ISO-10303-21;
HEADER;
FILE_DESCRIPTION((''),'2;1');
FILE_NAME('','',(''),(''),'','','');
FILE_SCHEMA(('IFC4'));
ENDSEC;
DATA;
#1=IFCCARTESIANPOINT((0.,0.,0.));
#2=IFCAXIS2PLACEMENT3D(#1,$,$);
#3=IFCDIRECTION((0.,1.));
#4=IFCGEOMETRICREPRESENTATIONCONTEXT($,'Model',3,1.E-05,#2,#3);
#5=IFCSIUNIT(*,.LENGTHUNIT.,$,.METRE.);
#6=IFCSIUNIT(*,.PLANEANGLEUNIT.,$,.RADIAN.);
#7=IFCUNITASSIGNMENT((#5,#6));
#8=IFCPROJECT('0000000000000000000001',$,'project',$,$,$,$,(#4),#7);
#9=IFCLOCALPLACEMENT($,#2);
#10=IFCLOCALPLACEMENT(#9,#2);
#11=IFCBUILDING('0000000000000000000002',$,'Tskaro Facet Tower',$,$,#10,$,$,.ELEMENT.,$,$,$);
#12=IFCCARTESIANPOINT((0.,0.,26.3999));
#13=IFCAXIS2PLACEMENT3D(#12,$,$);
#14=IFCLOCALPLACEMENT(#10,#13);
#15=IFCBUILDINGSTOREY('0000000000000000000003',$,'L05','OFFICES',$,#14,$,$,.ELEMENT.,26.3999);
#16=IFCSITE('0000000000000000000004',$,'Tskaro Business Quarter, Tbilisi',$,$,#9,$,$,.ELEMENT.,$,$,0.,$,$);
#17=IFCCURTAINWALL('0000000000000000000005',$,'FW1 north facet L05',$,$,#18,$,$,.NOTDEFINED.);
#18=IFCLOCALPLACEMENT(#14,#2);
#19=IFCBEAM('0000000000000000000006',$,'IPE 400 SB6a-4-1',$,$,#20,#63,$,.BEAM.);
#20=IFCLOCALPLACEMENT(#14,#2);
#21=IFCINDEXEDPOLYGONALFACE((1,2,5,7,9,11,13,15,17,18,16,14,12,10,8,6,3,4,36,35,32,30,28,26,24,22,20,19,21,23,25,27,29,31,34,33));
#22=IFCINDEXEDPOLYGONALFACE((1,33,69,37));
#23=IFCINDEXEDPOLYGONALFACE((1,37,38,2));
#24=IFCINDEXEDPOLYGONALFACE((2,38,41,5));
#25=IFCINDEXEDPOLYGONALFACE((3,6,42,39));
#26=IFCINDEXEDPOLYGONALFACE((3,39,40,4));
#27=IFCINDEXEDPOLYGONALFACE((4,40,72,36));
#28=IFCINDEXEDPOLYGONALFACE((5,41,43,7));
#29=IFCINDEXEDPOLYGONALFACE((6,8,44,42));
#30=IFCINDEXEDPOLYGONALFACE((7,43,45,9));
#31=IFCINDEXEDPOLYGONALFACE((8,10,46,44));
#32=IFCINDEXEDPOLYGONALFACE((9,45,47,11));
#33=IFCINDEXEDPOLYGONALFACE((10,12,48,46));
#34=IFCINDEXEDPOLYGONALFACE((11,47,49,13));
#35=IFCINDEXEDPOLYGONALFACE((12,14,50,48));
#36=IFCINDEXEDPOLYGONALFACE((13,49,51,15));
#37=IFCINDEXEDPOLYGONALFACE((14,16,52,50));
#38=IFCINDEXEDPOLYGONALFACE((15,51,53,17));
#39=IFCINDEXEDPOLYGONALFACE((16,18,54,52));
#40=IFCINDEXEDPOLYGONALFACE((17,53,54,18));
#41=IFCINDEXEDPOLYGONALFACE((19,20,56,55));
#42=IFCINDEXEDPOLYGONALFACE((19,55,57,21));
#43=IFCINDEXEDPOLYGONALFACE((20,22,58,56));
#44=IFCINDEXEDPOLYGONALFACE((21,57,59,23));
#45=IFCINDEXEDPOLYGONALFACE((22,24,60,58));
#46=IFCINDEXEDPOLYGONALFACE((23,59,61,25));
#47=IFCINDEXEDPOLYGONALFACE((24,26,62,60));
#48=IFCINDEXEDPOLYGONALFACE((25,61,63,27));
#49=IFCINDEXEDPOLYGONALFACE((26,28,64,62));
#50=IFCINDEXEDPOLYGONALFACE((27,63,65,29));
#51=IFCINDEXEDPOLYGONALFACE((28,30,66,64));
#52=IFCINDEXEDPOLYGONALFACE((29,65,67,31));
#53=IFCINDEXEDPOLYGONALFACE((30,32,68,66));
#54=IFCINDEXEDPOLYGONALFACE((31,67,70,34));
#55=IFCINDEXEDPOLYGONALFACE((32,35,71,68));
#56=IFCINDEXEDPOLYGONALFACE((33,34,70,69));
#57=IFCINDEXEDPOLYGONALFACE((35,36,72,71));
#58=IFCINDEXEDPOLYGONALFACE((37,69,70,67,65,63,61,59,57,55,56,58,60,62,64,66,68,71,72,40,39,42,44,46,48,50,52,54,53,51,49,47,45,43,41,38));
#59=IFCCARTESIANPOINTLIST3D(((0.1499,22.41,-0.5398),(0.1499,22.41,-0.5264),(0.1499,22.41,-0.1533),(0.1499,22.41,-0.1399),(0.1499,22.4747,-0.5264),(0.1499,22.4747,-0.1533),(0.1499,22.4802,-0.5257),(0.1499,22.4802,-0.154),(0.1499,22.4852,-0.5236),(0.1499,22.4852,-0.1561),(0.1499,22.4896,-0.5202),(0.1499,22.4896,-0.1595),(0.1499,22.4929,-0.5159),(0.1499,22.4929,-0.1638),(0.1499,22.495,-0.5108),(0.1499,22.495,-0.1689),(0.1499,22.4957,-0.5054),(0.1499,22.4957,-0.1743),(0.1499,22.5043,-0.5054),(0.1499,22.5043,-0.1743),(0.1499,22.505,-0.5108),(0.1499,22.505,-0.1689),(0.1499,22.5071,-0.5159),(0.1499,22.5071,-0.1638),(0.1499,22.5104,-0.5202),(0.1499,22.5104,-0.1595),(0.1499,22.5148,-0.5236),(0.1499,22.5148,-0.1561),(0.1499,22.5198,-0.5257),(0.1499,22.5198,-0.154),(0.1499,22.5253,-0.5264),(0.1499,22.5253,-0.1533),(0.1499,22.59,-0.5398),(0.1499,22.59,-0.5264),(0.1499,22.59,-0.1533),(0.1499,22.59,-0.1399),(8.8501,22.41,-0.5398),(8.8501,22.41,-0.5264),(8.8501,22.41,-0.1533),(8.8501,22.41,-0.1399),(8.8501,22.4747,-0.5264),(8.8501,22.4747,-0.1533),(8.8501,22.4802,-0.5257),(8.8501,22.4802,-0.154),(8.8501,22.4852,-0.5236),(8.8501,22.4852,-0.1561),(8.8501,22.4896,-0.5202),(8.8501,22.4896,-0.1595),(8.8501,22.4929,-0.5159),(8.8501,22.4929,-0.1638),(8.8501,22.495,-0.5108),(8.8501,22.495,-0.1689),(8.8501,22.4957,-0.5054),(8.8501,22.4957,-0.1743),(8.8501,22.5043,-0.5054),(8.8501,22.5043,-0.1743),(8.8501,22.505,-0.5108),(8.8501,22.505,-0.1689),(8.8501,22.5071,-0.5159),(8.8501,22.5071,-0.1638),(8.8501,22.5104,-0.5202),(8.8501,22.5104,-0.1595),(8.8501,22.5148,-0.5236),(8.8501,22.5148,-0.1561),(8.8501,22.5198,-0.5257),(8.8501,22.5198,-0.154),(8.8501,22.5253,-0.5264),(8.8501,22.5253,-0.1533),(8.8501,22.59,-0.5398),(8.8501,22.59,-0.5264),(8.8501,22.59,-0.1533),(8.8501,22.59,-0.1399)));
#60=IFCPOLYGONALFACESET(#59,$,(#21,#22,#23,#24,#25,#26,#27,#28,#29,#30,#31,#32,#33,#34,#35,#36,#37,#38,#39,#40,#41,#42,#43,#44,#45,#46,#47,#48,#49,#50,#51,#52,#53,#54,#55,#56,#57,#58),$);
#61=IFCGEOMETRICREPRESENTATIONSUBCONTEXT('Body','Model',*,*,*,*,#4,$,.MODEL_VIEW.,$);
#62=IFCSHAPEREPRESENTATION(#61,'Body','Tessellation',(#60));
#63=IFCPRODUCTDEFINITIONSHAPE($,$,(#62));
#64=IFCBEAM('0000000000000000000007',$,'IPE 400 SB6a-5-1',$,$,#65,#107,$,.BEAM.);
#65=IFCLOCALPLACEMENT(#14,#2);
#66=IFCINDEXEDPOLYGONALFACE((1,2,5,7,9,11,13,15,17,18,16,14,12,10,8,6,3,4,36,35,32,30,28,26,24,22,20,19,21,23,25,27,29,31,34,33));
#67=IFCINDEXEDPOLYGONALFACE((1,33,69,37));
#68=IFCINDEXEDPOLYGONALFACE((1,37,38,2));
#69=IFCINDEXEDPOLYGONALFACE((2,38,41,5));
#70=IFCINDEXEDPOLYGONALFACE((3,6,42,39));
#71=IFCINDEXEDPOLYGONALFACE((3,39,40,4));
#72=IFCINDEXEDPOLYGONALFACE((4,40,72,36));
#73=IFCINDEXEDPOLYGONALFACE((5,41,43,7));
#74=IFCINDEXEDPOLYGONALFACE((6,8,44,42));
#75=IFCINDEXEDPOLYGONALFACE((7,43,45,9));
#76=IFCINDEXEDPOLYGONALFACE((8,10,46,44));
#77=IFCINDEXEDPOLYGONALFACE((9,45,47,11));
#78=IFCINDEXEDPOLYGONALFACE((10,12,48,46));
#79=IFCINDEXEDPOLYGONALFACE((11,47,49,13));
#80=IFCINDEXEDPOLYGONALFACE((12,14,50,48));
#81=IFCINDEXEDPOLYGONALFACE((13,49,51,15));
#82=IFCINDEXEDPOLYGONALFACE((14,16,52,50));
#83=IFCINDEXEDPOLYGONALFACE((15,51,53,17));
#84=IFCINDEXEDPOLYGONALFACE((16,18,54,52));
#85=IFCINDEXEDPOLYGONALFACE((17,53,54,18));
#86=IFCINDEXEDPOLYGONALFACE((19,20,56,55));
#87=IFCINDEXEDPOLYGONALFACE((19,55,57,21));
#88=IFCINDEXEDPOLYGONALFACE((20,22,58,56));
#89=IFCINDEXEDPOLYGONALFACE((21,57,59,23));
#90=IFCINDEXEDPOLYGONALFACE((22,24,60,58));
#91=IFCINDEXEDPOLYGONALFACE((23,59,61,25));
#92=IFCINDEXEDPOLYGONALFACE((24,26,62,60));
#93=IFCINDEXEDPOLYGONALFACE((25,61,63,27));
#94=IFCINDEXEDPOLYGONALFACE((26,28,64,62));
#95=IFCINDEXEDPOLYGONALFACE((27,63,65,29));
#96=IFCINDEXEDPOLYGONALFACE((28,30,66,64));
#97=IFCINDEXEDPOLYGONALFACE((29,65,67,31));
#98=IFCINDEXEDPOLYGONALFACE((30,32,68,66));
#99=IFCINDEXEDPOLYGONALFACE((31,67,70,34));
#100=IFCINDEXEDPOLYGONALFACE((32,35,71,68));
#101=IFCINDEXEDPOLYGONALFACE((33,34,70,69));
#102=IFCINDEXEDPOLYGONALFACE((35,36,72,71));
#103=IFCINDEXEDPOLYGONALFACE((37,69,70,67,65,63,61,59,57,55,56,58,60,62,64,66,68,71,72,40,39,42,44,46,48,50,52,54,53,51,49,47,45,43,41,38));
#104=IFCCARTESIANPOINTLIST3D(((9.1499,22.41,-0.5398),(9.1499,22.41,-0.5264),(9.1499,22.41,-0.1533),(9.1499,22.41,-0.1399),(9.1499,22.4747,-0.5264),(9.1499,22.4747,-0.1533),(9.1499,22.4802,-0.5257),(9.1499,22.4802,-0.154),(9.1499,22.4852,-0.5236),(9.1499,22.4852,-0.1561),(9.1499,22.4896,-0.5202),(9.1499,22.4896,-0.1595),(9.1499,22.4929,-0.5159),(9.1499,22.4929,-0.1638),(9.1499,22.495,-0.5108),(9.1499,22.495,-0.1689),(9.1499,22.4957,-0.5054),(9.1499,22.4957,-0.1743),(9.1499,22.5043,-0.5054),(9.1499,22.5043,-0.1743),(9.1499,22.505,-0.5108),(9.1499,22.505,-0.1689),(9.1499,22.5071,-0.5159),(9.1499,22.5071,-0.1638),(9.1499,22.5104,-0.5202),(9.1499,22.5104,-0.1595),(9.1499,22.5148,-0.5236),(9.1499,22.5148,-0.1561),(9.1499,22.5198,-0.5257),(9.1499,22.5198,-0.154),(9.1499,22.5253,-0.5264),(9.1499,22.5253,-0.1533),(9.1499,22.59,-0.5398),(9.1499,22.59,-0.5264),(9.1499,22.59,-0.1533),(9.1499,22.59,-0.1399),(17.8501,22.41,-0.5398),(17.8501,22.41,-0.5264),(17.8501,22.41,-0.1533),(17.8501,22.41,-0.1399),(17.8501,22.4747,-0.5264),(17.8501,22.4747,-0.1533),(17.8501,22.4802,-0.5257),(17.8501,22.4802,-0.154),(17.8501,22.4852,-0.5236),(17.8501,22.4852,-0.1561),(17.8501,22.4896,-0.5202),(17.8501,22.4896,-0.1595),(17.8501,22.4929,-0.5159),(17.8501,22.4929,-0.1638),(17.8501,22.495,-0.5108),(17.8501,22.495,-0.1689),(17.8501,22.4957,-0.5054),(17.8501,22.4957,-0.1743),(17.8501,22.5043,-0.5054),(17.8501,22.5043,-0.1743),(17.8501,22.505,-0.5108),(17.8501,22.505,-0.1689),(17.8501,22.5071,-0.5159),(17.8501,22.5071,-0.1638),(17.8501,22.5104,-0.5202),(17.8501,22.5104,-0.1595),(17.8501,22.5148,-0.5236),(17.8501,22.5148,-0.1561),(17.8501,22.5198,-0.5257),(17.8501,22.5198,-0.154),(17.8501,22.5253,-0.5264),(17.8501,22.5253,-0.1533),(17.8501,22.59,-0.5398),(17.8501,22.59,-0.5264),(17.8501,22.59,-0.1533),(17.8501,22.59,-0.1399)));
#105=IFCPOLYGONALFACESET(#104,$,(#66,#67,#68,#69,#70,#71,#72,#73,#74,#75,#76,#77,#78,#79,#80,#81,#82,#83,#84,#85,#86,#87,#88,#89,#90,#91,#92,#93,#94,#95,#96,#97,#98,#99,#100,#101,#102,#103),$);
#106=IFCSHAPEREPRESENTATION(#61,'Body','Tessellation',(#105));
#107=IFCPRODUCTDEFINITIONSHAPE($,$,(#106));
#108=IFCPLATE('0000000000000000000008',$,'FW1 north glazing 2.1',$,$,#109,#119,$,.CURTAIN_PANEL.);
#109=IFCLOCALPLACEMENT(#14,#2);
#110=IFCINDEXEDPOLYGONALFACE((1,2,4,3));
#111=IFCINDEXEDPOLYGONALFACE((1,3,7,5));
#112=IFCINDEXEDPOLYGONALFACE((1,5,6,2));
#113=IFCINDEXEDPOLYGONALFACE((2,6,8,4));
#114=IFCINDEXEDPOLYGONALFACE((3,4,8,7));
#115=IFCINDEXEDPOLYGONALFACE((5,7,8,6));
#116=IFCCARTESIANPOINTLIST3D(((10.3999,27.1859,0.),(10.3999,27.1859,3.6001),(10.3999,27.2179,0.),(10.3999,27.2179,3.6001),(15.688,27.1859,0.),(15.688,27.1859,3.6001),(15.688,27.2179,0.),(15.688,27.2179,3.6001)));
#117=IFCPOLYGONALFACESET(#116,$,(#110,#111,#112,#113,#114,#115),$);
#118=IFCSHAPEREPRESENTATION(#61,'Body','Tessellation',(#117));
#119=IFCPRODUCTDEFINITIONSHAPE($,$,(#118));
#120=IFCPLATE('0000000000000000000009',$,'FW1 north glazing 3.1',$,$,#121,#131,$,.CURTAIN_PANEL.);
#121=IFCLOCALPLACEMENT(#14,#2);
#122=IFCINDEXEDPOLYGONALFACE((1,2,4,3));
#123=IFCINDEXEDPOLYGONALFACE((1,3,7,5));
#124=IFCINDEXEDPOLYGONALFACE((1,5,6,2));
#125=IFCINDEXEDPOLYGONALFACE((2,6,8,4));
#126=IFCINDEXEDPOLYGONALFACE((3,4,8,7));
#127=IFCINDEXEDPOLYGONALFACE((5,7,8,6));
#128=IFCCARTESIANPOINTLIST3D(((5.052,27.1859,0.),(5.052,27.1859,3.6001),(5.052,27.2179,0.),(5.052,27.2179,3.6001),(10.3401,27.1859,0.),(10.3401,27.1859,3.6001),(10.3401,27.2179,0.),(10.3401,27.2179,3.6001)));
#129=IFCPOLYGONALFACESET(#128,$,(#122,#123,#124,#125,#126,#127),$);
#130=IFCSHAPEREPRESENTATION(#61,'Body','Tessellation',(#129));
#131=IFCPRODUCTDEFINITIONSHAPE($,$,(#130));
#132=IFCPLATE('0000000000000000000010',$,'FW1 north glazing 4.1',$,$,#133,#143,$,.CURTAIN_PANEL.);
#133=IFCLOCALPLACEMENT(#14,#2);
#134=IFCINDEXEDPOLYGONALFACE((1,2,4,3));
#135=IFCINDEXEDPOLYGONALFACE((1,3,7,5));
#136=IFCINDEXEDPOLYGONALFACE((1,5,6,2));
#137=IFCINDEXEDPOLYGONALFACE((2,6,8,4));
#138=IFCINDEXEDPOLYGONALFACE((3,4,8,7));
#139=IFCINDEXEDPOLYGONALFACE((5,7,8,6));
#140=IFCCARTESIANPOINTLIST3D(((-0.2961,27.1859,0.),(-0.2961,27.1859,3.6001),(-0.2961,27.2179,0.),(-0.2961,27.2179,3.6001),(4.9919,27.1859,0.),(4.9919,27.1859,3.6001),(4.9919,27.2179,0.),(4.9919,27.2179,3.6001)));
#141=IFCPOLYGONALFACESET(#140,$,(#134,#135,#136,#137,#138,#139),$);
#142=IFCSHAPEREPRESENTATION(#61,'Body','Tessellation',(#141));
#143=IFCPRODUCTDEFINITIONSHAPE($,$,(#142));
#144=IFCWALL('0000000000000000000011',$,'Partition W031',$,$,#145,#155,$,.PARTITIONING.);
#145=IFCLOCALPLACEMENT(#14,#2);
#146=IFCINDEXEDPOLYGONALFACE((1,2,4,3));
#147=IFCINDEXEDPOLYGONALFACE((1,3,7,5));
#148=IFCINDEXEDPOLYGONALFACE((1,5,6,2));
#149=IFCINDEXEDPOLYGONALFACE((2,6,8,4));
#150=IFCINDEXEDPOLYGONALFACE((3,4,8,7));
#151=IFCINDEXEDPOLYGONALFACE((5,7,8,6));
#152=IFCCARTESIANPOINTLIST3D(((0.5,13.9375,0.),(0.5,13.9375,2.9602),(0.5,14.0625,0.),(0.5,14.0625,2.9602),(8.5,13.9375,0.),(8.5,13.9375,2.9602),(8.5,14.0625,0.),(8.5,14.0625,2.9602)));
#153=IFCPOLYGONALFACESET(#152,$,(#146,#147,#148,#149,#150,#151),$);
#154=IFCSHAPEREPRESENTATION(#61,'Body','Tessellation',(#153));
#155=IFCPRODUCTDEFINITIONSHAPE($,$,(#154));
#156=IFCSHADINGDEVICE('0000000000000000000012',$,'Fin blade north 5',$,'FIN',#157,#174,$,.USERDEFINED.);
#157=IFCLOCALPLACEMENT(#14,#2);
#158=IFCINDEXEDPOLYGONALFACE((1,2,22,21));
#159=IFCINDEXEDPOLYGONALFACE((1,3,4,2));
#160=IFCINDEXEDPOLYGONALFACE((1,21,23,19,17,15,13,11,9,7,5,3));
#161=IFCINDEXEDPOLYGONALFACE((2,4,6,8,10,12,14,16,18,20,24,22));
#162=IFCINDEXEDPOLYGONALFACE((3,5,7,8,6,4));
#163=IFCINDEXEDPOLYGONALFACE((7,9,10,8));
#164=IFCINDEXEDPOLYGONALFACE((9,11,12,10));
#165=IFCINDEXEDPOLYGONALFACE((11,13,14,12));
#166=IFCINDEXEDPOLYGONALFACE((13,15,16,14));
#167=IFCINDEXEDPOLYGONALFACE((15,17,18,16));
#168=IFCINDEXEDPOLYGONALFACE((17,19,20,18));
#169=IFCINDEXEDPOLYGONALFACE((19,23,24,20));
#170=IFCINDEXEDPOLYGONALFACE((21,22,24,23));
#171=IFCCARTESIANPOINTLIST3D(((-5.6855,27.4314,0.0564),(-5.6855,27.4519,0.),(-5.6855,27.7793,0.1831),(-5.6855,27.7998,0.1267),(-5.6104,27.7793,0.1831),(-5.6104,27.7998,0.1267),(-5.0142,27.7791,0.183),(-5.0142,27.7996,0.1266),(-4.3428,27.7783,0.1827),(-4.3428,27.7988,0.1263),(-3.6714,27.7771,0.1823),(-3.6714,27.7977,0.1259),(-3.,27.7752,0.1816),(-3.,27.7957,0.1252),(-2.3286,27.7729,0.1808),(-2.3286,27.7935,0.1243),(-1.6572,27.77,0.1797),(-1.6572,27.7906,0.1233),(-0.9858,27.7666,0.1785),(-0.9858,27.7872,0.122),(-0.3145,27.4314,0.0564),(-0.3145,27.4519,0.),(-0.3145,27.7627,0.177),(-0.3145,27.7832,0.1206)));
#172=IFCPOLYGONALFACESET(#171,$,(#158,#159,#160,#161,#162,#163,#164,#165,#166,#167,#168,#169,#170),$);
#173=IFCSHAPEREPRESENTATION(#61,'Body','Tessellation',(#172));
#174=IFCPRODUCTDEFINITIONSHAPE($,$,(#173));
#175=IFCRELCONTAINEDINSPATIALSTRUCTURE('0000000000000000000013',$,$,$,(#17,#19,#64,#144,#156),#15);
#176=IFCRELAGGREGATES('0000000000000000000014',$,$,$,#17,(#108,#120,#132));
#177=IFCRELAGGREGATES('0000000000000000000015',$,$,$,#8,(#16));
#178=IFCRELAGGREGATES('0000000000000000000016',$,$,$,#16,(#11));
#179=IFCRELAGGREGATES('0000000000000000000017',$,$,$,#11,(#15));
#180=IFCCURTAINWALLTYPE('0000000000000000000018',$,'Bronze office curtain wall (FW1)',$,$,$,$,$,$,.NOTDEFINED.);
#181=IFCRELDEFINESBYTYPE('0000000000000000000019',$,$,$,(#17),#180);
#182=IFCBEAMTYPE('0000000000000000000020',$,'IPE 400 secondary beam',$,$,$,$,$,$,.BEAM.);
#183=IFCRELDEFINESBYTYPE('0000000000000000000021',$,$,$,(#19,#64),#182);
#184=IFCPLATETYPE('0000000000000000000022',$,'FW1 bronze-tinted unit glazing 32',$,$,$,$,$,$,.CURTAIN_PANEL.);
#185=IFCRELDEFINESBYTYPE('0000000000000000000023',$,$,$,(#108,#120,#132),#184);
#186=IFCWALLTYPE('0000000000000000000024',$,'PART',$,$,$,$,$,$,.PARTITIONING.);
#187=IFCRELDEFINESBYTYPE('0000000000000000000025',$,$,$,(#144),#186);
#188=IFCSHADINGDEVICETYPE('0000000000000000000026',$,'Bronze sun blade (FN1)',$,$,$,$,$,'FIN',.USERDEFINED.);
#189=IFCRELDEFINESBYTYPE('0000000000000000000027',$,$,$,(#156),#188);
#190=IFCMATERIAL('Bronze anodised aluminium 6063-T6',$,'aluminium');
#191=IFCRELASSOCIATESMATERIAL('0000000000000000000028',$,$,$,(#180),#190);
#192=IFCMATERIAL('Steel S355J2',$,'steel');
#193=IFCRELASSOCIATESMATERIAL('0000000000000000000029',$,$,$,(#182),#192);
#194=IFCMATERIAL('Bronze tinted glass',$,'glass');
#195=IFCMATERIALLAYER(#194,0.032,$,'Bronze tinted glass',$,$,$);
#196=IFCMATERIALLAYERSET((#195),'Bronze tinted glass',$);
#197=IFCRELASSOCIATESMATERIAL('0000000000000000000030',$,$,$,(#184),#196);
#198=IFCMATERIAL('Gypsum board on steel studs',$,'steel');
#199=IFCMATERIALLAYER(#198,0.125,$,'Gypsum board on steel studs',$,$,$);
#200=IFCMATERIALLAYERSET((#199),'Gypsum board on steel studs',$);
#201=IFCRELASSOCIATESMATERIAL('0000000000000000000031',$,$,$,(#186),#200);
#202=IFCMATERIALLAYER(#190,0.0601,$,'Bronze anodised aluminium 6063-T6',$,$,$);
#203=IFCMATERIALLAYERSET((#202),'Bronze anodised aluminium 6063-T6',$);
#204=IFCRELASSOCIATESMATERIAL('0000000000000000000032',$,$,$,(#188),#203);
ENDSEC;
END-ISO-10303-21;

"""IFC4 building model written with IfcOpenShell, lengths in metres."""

from ifc_helpers import new_model, si_unit, direction, frame, frame_2d, origin, origin_2d, place, context, subcontext, project, spatial, polyline, rectangle, i_section, outline, extrude, material, layer, layer_set, material_profile, profile_set, type_object, element, aggregate, save


model = new_model("IFC4")

# Units and contexts
model_context = context("Model", 3, precision=1e-05, world=origin(), true_north=direction((0.0, 1.0)))
body_context = subcontext(model_context, "Body", "Model", "MODEL_VIEW")
ifc_project = project(units=[si_unit("LENGTHUNIT", "METRE"), si_unit("PLANEANGLEUNIT", "RADIAN")], contexts=[model_context])

# Site, building, storey
site_placement = place(None, origin())
site = spatial("IfcSite", under=ifc_project, at=site_placement, Name="Tskaro Business Quarter, Tbilisi", CompositionType="ELEMENT", RefElevation=0.0)
building_placement = place(site_placement, origin())
building = spatial("IfcBuilding", under=site, at=building_placement, Name="Tskaro Facet Tower", CompositionType="ELEMENT")
storey_placement = place(building_placement, frame((0.0, 0.0, 26.3999)))
storey = spatial("IfcBuildingStorey", under=building, at=storey_placement, Name="L05", Description="OFFICES", CompositionType="ELEMENT", Elevation=26.3999)

# Curtain wall
ifc_material_1 = material(Name="Bronze anodised aluminium 6063-T6", Category="aluminium")
curtain_wall_type = type_object("IfcCurtainWallType", Name="Bronze office curtain wall (FW1)", PredefinedType="NOTDEFINED", material=ifc_material_1)
curtain_wall_placement = place(storey_placement, origin())
curtain_wall = element("IfcCurtainWall", 1, at=curtain_wall_placement, inside=storey, type_object=curtain_wall_type, Name="FW1 north facet L05", PredefinedType="NOTDEFINED")

# Beams
ifc_material_2 = material(Name="Steel S355J2", Category="steel")
ifc_material_profile_1 = material_profile(ifc_material_2, i_section(OverallWidth=0.1799, OverallDepth=0.3999, WebThickness=0.0085, FlangeThickness=0.0134, FilletRadius=0.021, at=origin_2d()), Name="IPE 400")
ifc_profile_set_1 = profile_set([ifc_material_profile_1], Name="Steel S355J2")
beam_type_1 = type_object("IfcBeamType", Name="IPE 400 secondary beam", PredefinedType="BEAM", material=ifc_profile_set_1)
for number, where, z_axis, x_axis, name in (
    (2, (0.1499, 22.5, -0.3398), (1.0, 0.0, 0.0), (0.0, 1.0, 0.0), "IPE 400 SB6a-4-1"),
    (3, (9.1499, 22.5, -0.3398), (1.0, 0.0, 0.0), (0.0, 1.0, 0.0), "IPE 400 SB6a-5-1"),
):
    element("IfcBeam", number, at=place(storey_placement, frame(where, z_axis=z_axis, x_axis=x_axis)), inside=storey, type_object=beam_type_1, Name=name, PredefinedType="BEAM", context=body_context, shape_type="SweptSolid", body=[
        extrude(i_section(OverallWidth=0.1799, OverallDepth=0.3999, WebThickness=0.0085, FlangeThickness=0.0134, FilletRadius=0.021, at=origin_2d()), origin(), (0.0, 0.0, 1.0), 8.7002),
    ])

# Plates
ifc_material_3 = material(Name="Bronze tinted glass", Category="glass")
ifc_layer_1 = layer(ifc_material_3, 0.032, Name="Bronze tinted glass")
ifc_layer_set_1 = layer_set([ifc_layer_1], Name="Bronze tinted glass")
plate_type = type_object("IfcPlateType", Name="FW1 bronze-tinted unit glazing 32", PredefinedType="CURTAIN_PANEL", material=ifc_layer_set_1)
plate_1_placement = place(storey_placement, frame((13.0439, 27.2019, 0.0), z_axis=(0.0, 0.0, 1.0), x_axis=(-1.0, 0.0, 0.0)))
plate_1 = element("IfcPlate", 4, at=plate_1_placement, type_object=plate_type, Name="FW1 north glazing 2.1", PredefinedType="CURTAIN_PANEL", context=body_context, shape_type="SweptSolid", body=[
    extrude(rectangle(XDim=5.2881, YDim=0.032, at=origin_2d()), origin(), (0.0, 0.0, 1.0), 3.6001),
])
plate_2_placement = place(storey_placement, frame((7.696, 27.2019, 0.0), z_axis=(0.0, 0.0, 1.0), x_axis=(-1.0, 0.0, 0.0)))
plate_2 = element("IfcPlate", 5, at=plate_2_placement, type_object=plate_type, Name="FW1 north glazing 3.1", PredefinedType="CURTAIN_PANEL", context=body_context, shape_type="SweptSolid", body=[
    extrude(rectangle(XDim=5.2881, YDim=0.032, at=origin_2d()), origin(), (0.0, 0.0, 1.0), 3.6001),
])
plate_3_placement = place(storey_placement, frame((2.3479, 27.2019, 0.0), z_axis=(0.0, 0.0, 1.0), x_axis=(-1.0, 0.0, 0.0)))
plate_3 = element("IfcPlate", 6, at=plate_3_placement, type_object=plate_type, Name="FW1 north glazing 4.1", PredefinedType="CURTAIN_PANEL", context=body_context, shape_type="SweptSolid", body=[
    extrude(rectangle(XDim=5.2881, YDim=0.032, at=origin_2d()), origin(), (0.0, 0.0, 1.0), 3.6001),
])
aggregate(curtain_wall, [plate_1, plate_2, plate_3])

# Wall
ifc_material_4 = material(Name="Gypsum board on steel studs", Category="steel")
ifc_layer_2 = layer(ifc_material_4, 0.125, Name="Gypsum board on steel studs")
ifc_layer_set_2 = layer_set([ifc_layer_2], Name="Gypsum board on steel studs")
wall_type = type_object("IfcWallType", Name="PART", PredefinedType="PARTITIONING", material=ifc_layer_set_2)
wall_placement = place(storey_placement, frame((0.5, 14.0, 0.0), z_axis=(0.0, 0.0, 1.0), x_axis=(1.0, 0.0, 0.0)))
element("IfcWall", 7, at=wall_placement, inside=storey, type_object=wall_type, Name="Partition W031", PredefinedType="PARTITIONING", context=body_context, shape_type="SweptSolid", body=[
    extrude(rectangle(XDim=8.0, YDim=0.125, at=frame_2d((4.0, 0.0))), origin(), (0.0, 0.0, 1.0), 2.9602),
])

# Shading device
ifc_layer_3 = layer(ifc_material_1, 0.0601, Name="Bronze anodised aluminium 6063-T6")
ifc_layer_set_3 = layer_set([ifc_layer_3], Name="Bronze anodised aluminium 6063-T6")
shading_device_type = type_object("IfcShadingDeviceType", Name="Bronze sun blade (FN1)", ElementType="FIN", PredefinedType="USERDEFINED", material=ifc_layer_set_3)
shading_device_1_placement = place(storey_placement, frame((-0.3145, 27.4314, 0.0564), z_axis=(0.000005, -0.342175, 0.939636), x_axis=(-1.0, -0.000002, 0.000005)))
element("IfcShadingDevice", 8, at=shading_device_1_placement, inside=storey, type_object=shading_device_type, Name="Fin blade north 5", ObjectType="FIN", PredefinedType="USERDEFINED", context=body_context, shape_type="SweptSolid", body=[
    extrude(outline(polyline([(0.0, 0.0), (5.3711, 0.0), (5.3711, -0.3703), (5.2959, -0.3703), (4.6997, -0.37), (4.0283, -0.3692), (3.3569, -0.3679), (2.6855, -0.3659), (2.0142, -0.3635), (1.3428, -0.3604), (0.6714, -0.3567), (0.0, -0.3526), (0.0, 0.0)])), origin(), (0.0, 0.0, -1.0), 0.0601),
])

save(model, "model.ifc")
